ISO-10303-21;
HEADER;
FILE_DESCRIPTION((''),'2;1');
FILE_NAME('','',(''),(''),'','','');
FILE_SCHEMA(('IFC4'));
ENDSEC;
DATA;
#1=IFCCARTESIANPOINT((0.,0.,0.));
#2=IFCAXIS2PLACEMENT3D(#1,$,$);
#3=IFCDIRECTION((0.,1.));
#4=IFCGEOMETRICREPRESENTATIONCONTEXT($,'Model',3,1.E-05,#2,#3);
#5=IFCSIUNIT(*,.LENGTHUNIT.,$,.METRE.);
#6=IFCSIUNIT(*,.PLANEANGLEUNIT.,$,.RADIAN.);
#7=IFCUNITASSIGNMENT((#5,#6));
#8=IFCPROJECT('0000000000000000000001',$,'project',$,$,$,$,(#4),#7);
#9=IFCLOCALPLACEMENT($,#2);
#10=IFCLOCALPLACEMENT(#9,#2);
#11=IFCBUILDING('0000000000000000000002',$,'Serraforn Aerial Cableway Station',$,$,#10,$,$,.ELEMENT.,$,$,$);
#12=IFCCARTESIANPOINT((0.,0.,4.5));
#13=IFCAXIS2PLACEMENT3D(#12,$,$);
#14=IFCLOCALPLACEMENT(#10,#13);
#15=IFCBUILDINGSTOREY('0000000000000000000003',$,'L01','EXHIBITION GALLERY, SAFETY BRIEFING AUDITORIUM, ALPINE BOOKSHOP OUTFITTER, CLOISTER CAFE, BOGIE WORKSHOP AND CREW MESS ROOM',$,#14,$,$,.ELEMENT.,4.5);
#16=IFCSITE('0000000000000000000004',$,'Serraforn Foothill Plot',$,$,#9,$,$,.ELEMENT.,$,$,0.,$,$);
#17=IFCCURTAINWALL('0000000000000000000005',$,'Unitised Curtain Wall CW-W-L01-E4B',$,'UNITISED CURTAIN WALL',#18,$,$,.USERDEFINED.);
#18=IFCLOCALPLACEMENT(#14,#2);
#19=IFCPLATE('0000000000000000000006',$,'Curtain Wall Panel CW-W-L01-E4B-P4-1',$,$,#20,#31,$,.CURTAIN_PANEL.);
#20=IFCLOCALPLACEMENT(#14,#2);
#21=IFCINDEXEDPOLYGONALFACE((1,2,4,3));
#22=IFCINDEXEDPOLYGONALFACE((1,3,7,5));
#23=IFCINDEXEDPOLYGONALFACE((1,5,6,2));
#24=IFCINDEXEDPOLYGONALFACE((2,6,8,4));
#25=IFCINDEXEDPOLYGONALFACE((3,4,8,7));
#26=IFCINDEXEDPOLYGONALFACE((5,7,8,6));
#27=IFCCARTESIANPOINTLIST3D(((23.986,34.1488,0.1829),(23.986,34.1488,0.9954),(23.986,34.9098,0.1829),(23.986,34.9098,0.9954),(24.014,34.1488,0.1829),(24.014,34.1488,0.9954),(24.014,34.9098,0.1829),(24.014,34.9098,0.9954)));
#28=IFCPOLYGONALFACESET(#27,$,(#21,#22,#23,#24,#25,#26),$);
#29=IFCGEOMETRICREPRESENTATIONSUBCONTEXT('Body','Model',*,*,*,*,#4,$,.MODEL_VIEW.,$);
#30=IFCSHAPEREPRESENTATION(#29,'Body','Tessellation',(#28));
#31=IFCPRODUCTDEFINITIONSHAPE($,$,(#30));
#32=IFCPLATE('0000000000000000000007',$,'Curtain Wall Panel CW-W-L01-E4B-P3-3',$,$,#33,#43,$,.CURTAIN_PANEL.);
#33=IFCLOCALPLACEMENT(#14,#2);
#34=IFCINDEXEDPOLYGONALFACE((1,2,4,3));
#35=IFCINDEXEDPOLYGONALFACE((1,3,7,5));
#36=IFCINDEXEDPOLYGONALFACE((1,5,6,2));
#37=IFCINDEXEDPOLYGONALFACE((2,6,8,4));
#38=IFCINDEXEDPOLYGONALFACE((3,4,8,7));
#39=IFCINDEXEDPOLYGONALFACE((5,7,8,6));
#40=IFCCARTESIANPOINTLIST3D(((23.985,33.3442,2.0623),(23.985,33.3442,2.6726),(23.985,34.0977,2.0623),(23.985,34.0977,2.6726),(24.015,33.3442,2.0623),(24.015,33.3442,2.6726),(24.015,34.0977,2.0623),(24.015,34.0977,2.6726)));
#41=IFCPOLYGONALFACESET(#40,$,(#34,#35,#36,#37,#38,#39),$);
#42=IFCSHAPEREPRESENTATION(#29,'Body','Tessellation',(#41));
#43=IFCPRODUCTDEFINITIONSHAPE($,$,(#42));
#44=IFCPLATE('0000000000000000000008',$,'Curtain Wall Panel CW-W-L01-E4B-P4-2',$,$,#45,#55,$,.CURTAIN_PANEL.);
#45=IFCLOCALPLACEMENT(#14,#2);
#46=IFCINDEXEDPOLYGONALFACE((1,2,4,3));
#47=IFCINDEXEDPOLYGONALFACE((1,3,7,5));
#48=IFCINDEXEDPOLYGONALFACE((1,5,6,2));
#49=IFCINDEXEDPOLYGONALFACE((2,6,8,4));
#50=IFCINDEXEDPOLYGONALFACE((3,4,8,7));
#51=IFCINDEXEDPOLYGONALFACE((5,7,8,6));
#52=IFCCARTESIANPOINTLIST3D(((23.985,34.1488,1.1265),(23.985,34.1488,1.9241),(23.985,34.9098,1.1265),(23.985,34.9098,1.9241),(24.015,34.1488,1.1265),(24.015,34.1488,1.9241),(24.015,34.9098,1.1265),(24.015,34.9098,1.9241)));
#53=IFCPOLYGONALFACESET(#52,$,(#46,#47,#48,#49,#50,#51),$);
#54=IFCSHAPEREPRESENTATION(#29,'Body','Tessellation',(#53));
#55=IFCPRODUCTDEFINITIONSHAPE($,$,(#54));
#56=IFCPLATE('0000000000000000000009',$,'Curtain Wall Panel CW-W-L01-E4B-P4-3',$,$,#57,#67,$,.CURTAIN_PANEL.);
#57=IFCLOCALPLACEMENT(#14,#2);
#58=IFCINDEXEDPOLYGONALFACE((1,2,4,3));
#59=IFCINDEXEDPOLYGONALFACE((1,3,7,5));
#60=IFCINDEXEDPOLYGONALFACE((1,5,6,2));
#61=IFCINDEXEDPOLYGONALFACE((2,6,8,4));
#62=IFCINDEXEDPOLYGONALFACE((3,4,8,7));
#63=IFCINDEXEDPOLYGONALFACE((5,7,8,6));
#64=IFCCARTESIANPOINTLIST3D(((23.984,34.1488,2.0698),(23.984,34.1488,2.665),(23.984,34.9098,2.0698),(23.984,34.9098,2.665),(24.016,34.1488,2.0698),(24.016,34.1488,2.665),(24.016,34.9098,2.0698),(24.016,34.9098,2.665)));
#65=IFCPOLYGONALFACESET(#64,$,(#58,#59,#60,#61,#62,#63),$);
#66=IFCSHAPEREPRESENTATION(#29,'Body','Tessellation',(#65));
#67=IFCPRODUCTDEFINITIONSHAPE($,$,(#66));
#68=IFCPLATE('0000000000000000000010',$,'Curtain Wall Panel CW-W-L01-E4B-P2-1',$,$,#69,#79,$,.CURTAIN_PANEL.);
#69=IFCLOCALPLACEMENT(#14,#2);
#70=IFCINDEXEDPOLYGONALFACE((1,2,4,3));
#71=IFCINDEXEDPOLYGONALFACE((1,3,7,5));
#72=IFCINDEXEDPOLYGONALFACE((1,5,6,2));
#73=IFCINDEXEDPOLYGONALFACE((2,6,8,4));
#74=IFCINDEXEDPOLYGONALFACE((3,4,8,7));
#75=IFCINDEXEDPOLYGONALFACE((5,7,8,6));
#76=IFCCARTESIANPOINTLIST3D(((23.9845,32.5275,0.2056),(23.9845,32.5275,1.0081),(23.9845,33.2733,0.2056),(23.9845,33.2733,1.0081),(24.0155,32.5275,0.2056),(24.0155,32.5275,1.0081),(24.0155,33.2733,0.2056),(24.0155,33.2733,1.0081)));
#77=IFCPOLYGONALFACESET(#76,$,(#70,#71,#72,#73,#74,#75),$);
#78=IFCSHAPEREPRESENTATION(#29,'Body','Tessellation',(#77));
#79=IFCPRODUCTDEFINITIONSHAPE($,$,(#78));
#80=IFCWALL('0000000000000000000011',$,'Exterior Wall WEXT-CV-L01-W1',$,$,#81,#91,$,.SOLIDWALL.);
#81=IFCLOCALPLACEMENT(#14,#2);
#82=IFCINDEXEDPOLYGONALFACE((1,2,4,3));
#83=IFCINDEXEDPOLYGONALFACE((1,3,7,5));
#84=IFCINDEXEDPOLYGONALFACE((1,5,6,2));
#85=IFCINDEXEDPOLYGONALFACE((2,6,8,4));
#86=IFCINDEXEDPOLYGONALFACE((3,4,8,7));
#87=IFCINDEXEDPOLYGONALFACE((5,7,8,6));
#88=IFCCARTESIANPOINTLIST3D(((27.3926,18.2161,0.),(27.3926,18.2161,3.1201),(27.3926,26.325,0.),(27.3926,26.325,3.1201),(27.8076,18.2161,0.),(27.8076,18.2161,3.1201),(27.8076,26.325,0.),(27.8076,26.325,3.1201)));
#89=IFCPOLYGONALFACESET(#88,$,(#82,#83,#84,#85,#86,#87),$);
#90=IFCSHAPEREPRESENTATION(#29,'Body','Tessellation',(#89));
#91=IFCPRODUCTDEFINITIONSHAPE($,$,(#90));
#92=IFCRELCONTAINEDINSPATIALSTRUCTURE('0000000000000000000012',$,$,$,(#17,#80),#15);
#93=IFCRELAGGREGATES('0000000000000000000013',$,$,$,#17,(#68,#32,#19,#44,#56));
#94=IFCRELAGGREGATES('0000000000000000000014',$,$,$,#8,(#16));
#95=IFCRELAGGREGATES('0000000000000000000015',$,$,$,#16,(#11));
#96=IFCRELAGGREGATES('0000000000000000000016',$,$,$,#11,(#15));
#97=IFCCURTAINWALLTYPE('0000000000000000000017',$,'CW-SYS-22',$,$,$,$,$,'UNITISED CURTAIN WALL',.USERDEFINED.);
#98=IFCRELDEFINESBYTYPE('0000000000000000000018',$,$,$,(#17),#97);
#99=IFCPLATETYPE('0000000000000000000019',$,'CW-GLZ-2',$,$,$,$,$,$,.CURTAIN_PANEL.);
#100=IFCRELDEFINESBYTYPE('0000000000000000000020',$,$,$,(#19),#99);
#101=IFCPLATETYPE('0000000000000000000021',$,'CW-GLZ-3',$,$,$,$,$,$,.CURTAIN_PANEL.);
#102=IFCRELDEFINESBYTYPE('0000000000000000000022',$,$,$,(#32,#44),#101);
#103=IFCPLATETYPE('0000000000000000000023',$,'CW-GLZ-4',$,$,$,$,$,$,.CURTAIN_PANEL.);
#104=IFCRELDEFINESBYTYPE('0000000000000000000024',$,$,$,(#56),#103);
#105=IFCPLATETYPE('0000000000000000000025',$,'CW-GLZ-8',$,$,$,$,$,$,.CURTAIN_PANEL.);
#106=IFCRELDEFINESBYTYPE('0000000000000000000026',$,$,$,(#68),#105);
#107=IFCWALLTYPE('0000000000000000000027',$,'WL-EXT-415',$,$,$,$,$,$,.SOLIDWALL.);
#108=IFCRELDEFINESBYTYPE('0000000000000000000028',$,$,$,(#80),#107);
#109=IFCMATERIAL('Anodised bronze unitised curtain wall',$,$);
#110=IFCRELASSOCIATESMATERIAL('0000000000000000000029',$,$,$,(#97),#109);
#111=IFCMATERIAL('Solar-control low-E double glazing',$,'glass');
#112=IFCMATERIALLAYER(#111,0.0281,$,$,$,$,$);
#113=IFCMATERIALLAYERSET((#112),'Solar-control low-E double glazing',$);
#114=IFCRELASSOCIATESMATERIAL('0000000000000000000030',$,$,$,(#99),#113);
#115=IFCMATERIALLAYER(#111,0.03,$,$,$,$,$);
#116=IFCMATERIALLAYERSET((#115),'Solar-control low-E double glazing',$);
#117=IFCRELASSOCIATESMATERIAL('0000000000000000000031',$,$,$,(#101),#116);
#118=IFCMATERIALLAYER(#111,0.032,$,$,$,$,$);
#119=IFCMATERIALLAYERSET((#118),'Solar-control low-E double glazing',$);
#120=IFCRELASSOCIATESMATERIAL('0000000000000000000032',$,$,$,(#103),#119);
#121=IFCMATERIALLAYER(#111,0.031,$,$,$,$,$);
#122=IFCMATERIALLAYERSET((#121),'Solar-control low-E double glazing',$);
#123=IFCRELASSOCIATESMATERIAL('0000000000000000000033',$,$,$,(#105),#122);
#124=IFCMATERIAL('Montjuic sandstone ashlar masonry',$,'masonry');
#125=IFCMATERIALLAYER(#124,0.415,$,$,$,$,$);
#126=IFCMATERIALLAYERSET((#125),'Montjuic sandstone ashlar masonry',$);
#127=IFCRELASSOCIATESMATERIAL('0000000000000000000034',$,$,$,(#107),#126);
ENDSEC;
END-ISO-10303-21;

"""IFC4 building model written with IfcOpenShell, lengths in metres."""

from ifc_helpers import new_model, si_unit, direction, frame, frame_2d, origin, origin_2d, place, context, subcontext, project, spatial, rectangle, extrude, material, layer, layer_set, type_object, element, aggregate, save


model = new_model("IFC4")

# Units and contexts
model_context = context("Model", 3, precision=1e-05, world=origin(), true_north=direction((0.0, 1.0)))
body_context = subcontext(model_context, "Body", "Model", "MODEL_VIEW")
ifc_project = project(units=[si_unit("LENGTHUNIT", "METRE"), si_unit("PLANEANGLEUNIT", "RADIAN")], contexts=[model_context])

# Site, building, storey
site_placement = place(None, origin())
site = spatial("IfcSite", under=ifc_project, at=site_placement, Name="Serraforn Foothill Plot", CompositionType="ELEMENT", RefElevation=0.0)
building_placement = place(site_placement, origin())
building = spatial("IfcBuilding", under=site, at=building_placement, Name="Serraforn Aerial Cableway Station", CompositionType="ELEMENT")
storey_placement = place(building_placement, frame((0.0, 0.0, 4.5)))
storey = spatial("IfcBuildingStorey", under=building, at=storey_placement, Name="L01", Description="EXHIBITION GALLERY, SAFETY BRIEFING AUDITORIUM, ALPINE BOOKSHOP OUTFITTER, CLOISTER CAFE, BOGIE WORKSHOP AND CREW MESS ROOM", CompositionType="ELEMENT", Elevation=4.5)

# Curtain wall, plates
ifc_material_1 = material(Name="Anodised bronze unitised curtain wall")
curtain_wall_type = type_object("IfcCurtainWallType", Name="CW-SYS-22", ElementType="UNITISED CURTAIN WALL", PredefinedType="USERDEFINED", material=ifc_material_1)
curtain_wall_placement = place(storey_placement, origin())
curtain_wall = element("IfcCurtainWall", 1, at=curtain_wall_placement, inside=storey, type_object=curtain_wall_type, Name="Unitised Curtain Wall CW-W-L01-E4B", ObjectType="UNITISED CURTAIN WALL", PredefinedType="USERDEFINED")
ifc_material_2 = material(Name="Solar-control low-E double glazing", Category="glass")
ifc_layer_1 = layer(ifc_material_2, 0.0281)
ifc_layer_set_1 = layer_set([ifc_layer_1], Name="Solar-control low-E double glazing")
plate_type_1 = type_object("IfcPlateType", Name="CW-GLZ-2", PredefinedType="CURTAIN_PANEL", material=ifc_layer_set_1)
plate_1_placement = place(storey_placement, frame((24.0, 34.5293, 0.1829), z_axis=(0.0, 0.0, 1.0), x_axis=(1.0, 0.0, 0.0)))
plate_1 = element("IfcPlate", 2, at=plate_1_placement, type_object=plate_type_1, Name="Curtain Wall Panel CW-W-L01-E4B-P4-1", PredefinedType="CURTAIN_PANEL", context=body_context, shape_type="SweptSolid", body=[
    extrude(rectangle(XDim=0.0281, YDim=0.761, at=origin_2d()), origin(), (0.0, 0.0, 1.0), 0.8125),
])
ifc_layer_2 = layer(ifc_material_2, 0.03)
ifc_layer_set_2 = layer_set([ifc_layer_2], Name="Solar-control low-E double glazing")
plate_type_2 = type_object("IfcPlateType", Name="CW-GLZ-3", PredefinedType="CURTAIN_PANEL", material=ifc_layer_set_2)
plate_2_placement = place(storey_placement, frame((24.0, 33.7209, 2.0623), z_axis=(0.0, 0.0, 1.0), x_axis=(1.0, 0.0, 0.0)))
plate_2 = element("IfcPlate", 3, at=plate_2_placement, type_object=plate_type_2, Name="Curtain Wall Panel CW-W-L01-E4B-P3-3", PredefinedType="CURTAIN_PANEL", context=body_context, shape_type="SweptSolid", body=[
    extrude(rectangle(XDim=0.03, YDim=0.7534, at=origin_2d()), origin(), (0.0, 0.0, 1.0), 0.6104),
])
plate_3_placement = place(storey_placement, frame((24.0, 34.5293, 1.1265), z_axis=(0.0, 0.0, 1.0), x_axis=(1.0, 0.0, 0.0)))
plate_3 = element("IfcPlate", 4, at=plate_3_placement, type_object=plate_type_2, Name="Curtain Wall Panel CW-W-L01-E4B-P4-2", PredefinedType="CURTAIN_PANEL", context=body_context, shape_type="SweptSolid", body=[
    extrude(rectangle(XDim=0.03, YDim=0.761, at=origin_2d()), origin(), (0.0, 0.0, 1.0), 0.7976),
])
ifc_layer_3 = layer(ifc_material_2, 0.032)
ifc_layer_set_3 = layer_set([ifc_layer_3], Name="Solar-control low-E double glazing")
plate_type_3 = type_object("IfcPlateType", Name="CW-GLZ-4", PredefinedType="CURTAIN_PANEL", material=ifc_layer_set_3)
plate_4_placement = place(storey_placement, frame((24.0, 34.5293, 2.0698), z_axis=(0.0, 0.0, 1.0), x_axis=(1.0, 0.0, 0.0)))
plate_4 = element("IfcPlate", 5, at=plate_4_placement, type_object=plate_type_3, Name="Curtain Wall Panel CW-W-L01-E4B-P4-3", PredefinedType="CURTAIN_PANEL", context=body_context, shape_type="SweptSolid", body=[
    extrude(rectangle(XDim=0.032, YDim=0.761, at=origin_2d()), origin(), (0.0, 0.0, 1.0), 0.5952),
])
ifc_layer_4 = layer(ifc_material_2, 0.031)
ifc_layer_set_4 = layer_set([ifc_layer_4], Name="Solar-control low-E double glazing")
plate_type_4 = type_object("IfcPlateType", Name="CW-GLZ-8", PredefinedType="CURTAIN_PANEL", material=ifc_layer_set_4)
plate_5_placement = place(storey_placement, frame((24.0, 32.9004, 0.2056), z_axis=(0.0, 0.0, 1.0), x_axis=(1.0, 0.0, 0.0)))
plate_5 = element("IfcPlate", 6, at=plate_5_placement, type_object=plate_type_4, Name="Curtain Wall Panel CW-W-L01-E4B-P2-1", PredefinedType="CURTAIN_PANEL", context=body_context, shape_type="SweptSolid", body=[
    extrude(rectangle(XDim=0.031, YDim=0.7458, at=origin_2d()), origin(), (0.0, 0.0, 1.0), 0.8025),
])
aggregate(curtain_wall, [plate_5, plate_2, plate_1, plate_3, plate_4])

# Wall
ifc_material_3 = material(Name="Montjuic sandstone ashlar masonry", Category="masonry")
ifc_layer_5 = layer(ifc_material_3, 0.415)
ifc_layer_set_5 = layer_set([ifc_layer_5], Name="Montjuic sandstone ashlar masonry")
wall_type = type_object("IfcWallType", Name="WL-EXT-415", PredefinedType="SOLIDWALL", material=ifc_layer_set_5)
wall_placement = place(storey_placement, frame((27.6001, 26.325, 0.0), z_axis=(0.0, 0.0, 1.0), x_axis=(0.0, -1.0, 0.0)))
element("IfcWall", 7, at=wall_placement, inside=storey, type_object=wall_type, Name="Exterior Wall WEXT-CV-L01-W1", PredefinedType="SOLIDWALL", context=body_context, shape_type="SweptSolid", body=[
    extrude(rectangle(XDim=8.1089, YDim=0.415, at=frame_2d((4.0544, 0.0))), origin(), (0.0, 0.0, 1.0), 3.1201),
])

save(model, "model.ifc")
